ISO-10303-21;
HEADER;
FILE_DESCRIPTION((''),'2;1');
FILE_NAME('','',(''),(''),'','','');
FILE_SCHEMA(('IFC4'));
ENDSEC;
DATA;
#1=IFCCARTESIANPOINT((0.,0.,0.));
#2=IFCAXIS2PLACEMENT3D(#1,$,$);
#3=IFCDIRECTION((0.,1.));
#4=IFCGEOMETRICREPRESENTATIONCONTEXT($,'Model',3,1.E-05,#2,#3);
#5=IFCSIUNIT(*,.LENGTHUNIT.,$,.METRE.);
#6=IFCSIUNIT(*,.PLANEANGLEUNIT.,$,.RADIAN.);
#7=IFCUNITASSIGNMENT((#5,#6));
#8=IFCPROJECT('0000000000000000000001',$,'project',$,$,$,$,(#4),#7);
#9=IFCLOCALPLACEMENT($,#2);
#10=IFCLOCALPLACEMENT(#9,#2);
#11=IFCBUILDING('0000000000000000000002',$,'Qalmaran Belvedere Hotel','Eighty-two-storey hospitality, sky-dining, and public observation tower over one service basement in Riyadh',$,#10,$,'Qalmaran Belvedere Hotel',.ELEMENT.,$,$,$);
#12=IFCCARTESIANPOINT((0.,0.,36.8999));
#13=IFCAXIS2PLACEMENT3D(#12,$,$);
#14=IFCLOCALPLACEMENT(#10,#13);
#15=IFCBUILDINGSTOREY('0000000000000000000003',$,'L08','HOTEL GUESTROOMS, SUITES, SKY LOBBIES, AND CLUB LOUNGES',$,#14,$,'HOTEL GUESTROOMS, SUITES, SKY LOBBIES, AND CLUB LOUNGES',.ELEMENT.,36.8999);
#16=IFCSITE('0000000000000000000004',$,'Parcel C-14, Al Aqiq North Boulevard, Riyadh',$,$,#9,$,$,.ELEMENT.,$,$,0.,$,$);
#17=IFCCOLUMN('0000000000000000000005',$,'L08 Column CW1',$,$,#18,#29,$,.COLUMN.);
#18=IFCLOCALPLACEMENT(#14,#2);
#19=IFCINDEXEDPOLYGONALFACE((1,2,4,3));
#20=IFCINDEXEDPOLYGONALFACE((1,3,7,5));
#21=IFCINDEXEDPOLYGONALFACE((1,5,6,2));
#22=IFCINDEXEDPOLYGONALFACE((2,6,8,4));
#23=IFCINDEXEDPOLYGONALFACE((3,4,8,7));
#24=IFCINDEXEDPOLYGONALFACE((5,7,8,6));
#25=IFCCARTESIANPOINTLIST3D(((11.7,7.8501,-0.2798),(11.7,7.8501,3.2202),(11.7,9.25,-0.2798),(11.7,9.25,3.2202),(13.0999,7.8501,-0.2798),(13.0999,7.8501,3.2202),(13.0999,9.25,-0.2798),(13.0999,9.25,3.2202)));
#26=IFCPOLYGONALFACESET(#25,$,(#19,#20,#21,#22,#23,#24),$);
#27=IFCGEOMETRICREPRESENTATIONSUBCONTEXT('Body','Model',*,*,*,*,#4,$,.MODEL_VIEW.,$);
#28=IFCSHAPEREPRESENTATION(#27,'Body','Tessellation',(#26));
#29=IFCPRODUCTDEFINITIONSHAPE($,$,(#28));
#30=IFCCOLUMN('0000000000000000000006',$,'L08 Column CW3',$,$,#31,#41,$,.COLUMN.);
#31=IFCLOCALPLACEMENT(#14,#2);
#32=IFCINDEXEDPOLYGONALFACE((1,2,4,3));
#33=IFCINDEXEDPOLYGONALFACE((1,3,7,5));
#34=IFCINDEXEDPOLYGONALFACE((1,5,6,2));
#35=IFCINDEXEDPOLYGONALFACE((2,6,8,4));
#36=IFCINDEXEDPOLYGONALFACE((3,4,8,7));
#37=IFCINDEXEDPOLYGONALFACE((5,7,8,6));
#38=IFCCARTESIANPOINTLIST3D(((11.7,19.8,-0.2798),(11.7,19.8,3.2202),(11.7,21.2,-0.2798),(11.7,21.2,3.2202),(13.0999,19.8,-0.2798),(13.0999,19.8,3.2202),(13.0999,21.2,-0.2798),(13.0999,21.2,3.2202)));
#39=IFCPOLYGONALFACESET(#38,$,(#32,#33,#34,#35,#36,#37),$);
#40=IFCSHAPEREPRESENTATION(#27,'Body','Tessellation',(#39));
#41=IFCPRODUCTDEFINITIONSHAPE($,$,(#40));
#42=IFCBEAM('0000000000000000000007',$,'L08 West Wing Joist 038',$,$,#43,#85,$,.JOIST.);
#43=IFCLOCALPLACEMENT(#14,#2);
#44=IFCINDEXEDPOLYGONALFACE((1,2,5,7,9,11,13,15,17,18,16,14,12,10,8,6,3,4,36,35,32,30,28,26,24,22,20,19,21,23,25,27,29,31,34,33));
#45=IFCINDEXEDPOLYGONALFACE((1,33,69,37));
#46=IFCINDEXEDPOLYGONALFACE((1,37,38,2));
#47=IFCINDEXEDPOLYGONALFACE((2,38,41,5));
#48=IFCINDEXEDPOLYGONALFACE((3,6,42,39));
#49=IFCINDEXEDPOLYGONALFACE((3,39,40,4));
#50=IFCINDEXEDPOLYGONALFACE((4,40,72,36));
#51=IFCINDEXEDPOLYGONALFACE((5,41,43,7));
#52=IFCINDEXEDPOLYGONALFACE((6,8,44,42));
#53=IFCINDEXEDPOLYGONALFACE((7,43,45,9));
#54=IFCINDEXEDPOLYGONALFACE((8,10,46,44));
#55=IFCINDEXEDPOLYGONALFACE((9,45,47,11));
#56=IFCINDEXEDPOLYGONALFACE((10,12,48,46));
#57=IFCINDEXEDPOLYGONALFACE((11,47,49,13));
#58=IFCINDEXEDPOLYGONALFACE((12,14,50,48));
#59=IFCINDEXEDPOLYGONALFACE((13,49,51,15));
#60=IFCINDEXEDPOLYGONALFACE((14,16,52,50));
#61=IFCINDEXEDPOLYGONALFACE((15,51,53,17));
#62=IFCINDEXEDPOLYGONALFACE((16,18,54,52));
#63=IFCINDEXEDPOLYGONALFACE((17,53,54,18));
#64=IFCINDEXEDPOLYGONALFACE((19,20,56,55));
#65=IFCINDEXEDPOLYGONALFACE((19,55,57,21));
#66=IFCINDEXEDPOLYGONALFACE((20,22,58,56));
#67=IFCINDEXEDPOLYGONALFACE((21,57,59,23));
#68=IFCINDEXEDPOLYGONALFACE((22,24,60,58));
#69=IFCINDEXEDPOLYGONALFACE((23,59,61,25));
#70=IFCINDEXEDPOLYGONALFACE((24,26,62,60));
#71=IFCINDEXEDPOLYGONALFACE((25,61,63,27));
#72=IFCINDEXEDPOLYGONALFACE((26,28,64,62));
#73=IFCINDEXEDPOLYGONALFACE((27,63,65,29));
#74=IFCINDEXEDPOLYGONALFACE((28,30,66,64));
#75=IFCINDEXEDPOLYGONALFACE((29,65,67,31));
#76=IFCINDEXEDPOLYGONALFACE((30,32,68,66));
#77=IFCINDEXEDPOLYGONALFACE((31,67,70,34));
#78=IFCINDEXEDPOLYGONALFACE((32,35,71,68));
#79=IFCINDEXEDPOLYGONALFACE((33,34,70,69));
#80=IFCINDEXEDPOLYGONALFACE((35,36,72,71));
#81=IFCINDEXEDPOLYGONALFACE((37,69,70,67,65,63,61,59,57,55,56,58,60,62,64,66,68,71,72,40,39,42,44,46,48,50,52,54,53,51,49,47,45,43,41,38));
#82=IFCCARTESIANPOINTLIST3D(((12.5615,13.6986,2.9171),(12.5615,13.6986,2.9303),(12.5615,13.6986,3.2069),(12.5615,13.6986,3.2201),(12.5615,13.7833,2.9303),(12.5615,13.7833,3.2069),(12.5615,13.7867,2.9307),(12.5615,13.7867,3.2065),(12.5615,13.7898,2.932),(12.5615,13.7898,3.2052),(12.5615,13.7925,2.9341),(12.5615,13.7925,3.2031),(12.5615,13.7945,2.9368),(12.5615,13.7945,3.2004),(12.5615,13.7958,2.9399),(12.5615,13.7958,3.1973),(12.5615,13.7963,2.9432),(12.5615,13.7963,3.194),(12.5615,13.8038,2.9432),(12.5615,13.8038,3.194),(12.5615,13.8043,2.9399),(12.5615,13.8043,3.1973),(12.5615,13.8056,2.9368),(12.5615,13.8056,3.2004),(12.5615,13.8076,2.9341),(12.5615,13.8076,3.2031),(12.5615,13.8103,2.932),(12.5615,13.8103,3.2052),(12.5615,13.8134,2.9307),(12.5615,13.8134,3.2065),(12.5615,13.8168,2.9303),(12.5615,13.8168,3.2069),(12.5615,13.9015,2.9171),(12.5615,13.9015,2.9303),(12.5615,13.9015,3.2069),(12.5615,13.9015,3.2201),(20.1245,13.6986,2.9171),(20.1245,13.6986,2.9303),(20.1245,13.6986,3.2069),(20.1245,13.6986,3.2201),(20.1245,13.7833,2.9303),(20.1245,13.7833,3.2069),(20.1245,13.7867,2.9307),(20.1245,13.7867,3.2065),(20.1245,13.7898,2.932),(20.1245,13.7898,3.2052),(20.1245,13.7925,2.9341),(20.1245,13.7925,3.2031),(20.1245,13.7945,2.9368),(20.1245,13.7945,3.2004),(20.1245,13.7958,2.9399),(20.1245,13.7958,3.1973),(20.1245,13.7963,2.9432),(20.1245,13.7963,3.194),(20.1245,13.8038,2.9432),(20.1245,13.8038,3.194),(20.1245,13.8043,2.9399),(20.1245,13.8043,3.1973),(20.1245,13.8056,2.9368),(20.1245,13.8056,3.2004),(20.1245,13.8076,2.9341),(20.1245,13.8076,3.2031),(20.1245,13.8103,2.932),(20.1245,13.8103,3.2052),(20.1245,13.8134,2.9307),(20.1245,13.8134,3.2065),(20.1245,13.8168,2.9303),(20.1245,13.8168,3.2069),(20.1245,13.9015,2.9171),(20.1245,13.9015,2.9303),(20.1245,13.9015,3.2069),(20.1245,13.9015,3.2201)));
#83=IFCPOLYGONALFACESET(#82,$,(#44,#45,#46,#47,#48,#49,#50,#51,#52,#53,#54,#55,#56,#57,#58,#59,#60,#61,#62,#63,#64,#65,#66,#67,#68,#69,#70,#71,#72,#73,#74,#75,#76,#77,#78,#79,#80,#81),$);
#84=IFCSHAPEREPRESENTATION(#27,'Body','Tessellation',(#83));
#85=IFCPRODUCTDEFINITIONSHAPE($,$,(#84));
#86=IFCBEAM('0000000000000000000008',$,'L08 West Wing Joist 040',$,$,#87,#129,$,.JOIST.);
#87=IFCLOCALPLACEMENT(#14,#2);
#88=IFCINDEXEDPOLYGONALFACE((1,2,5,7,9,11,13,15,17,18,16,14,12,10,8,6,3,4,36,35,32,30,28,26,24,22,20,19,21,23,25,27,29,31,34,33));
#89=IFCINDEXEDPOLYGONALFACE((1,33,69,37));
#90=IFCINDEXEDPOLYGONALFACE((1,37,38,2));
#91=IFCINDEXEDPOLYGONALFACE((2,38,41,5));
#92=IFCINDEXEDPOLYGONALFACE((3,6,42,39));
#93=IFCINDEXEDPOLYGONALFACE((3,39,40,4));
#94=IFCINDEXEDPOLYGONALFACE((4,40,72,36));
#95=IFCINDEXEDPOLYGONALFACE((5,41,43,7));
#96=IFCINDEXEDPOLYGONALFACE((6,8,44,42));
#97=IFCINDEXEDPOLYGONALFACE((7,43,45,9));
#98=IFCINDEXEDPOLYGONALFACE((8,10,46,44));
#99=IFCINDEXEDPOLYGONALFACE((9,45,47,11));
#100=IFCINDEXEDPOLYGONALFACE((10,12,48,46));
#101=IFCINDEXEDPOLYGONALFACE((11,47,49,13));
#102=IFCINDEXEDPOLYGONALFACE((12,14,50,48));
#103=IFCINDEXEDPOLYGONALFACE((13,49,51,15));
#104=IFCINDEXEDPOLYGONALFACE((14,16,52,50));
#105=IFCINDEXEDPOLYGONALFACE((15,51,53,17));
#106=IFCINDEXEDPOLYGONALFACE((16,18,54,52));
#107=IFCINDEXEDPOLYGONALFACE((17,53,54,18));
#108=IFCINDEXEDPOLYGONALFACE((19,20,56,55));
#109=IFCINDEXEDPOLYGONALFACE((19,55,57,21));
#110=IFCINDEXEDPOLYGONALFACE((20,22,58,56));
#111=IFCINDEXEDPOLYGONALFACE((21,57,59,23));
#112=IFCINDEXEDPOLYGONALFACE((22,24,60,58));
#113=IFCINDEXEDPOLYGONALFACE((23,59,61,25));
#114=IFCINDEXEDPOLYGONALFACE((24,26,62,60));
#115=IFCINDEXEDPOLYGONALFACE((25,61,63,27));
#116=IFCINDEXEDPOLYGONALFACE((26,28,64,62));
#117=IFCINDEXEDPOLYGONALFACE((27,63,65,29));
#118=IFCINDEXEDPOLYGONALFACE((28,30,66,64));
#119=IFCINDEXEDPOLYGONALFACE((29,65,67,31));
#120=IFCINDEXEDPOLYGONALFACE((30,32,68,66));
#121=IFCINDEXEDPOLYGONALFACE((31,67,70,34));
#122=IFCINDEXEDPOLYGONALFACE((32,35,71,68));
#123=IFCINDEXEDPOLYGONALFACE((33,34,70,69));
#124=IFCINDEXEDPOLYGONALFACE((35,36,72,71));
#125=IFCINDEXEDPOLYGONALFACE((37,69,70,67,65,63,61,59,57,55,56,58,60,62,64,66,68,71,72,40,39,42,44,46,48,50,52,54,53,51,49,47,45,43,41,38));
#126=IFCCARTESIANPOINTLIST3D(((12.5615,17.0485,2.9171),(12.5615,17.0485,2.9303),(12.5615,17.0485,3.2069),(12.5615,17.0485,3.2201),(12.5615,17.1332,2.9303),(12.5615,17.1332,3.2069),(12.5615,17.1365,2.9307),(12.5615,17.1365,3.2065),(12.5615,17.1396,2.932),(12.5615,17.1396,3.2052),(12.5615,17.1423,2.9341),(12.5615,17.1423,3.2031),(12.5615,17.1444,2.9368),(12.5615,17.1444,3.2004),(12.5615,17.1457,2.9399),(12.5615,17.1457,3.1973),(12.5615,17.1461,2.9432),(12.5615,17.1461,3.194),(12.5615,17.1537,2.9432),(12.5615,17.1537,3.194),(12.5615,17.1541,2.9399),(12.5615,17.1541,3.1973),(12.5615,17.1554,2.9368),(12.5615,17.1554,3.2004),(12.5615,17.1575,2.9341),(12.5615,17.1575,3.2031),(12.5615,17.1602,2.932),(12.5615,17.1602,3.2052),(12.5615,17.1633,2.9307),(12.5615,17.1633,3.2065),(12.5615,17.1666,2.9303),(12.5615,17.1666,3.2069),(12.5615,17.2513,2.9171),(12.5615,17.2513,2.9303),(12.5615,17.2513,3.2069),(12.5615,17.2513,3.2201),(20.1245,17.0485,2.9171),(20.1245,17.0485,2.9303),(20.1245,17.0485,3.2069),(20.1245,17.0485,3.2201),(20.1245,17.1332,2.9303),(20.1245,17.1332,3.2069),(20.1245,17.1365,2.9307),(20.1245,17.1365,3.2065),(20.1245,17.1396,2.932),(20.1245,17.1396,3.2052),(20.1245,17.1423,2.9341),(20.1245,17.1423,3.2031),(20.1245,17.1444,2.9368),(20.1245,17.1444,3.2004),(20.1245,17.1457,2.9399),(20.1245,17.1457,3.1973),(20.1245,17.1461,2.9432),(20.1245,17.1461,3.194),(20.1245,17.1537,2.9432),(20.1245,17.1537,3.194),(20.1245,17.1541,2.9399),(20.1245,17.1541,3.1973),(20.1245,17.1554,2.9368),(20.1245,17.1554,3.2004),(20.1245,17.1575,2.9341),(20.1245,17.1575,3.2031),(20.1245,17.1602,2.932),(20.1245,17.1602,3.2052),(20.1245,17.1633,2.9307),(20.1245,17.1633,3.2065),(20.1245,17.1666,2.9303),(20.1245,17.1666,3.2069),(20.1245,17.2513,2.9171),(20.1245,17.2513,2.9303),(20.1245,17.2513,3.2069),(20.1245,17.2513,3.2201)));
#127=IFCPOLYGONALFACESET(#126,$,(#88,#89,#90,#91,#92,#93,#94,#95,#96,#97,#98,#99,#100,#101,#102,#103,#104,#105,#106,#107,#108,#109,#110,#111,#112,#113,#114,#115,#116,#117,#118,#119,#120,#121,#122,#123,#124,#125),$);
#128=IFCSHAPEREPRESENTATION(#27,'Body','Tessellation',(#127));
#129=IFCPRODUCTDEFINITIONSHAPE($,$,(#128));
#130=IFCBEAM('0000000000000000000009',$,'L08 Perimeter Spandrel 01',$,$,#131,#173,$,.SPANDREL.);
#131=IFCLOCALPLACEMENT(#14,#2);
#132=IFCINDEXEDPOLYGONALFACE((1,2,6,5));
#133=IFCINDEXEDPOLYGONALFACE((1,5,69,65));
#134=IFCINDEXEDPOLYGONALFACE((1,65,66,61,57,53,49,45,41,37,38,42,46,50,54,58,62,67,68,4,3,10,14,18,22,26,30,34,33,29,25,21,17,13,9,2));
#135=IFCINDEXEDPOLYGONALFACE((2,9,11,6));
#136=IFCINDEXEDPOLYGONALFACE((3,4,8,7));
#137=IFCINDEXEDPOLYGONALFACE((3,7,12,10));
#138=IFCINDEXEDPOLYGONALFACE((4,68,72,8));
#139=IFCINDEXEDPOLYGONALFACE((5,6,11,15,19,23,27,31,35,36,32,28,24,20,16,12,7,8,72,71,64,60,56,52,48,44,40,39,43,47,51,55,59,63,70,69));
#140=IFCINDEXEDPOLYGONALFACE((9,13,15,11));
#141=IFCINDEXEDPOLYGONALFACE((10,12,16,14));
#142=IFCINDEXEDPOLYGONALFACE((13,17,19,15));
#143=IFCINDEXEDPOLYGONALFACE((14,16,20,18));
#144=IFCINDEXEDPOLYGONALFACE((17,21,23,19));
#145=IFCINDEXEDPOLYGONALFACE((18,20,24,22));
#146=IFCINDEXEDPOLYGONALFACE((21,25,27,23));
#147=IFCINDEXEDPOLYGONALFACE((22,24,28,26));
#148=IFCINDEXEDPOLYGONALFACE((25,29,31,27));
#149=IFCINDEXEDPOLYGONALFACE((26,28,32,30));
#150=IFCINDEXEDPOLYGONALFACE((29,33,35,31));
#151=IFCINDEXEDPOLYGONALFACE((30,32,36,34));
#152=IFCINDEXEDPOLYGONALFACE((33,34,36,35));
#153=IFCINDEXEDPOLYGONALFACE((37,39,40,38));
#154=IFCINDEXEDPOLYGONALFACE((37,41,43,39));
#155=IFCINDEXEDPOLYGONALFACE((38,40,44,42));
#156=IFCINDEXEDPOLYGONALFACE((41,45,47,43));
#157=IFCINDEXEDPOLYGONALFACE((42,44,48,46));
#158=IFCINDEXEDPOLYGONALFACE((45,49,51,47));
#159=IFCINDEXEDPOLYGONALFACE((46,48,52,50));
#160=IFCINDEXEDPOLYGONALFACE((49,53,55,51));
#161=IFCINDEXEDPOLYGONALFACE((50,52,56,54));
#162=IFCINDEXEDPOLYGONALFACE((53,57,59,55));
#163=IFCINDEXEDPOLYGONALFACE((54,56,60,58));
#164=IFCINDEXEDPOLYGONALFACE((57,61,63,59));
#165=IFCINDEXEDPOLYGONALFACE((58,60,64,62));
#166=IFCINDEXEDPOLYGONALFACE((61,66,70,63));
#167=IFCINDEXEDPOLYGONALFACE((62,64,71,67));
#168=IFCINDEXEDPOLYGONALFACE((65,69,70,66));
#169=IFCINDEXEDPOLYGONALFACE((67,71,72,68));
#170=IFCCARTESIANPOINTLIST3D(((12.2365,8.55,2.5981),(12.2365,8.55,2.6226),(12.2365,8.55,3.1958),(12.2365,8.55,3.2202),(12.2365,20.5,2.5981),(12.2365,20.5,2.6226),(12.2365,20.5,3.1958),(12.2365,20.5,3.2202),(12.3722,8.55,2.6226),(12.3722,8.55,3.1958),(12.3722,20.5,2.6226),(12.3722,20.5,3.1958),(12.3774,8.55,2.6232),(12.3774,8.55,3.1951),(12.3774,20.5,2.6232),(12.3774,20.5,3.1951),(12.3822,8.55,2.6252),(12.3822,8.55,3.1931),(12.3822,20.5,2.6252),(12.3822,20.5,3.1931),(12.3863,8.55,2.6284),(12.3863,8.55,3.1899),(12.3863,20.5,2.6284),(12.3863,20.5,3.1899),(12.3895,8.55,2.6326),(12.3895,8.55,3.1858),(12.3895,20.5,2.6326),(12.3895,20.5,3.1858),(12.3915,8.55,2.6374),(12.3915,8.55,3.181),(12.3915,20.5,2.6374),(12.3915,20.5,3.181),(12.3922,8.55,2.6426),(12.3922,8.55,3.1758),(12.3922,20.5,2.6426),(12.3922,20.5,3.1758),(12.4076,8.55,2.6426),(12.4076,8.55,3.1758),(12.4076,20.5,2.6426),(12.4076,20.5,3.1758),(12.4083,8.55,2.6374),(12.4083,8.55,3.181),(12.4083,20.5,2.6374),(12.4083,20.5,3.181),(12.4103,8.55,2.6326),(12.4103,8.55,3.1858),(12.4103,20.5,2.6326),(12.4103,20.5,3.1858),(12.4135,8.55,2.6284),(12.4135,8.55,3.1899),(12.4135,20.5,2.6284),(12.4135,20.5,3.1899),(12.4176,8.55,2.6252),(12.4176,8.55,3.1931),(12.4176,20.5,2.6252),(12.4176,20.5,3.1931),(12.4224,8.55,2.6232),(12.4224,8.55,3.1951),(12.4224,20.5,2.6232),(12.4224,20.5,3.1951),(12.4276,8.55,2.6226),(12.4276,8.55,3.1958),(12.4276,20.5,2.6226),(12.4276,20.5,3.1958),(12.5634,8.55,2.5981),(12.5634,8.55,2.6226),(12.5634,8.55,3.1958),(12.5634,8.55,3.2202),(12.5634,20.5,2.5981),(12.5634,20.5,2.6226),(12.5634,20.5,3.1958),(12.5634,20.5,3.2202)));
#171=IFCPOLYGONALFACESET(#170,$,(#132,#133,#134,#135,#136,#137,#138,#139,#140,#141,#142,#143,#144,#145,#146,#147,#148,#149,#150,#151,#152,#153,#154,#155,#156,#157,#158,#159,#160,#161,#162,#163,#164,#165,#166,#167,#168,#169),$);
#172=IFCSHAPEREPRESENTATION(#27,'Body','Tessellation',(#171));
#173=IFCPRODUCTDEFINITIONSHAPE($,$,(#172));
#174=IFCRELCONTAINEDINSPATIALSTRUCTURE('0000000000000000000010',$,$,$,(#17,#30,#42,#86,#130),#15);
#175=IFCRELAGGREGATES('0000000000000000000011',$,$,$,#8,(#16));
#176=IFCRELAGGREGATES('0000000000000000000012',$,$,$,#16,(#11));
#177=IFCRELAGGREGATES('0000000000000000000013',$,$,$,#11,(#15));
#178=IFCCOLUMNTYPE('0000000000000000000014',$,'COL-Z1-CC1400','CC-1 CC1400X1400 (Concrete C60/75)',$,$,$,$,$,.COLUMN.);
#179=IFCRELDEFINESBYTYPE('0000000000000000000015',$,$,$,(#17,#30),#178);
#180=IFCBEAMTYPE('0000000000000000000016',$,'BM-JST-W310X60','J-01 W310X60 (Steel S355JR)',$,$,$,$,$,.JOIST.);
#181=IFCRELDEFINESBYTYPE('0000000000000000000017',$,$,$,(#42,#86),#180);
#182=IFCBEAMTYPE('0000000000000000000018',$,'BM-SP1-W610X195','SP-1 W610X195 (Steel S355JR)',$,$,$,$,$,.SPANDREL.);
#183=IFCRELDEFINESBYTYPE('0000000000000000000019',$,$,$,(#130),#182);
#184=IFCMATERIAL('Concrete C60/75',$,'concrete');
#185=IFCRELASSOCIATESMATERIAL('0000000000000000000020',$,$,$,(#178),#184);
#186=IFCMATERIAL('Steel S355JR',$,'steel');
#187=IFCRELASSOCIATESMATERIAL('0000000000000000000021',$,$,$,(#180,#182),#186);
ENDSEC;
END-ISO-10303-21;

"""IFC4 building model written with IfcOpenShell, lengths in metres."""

from ifc_helpers import new_model, si_unit, direction, frame, origin, origin_2d, place, context, subcontext, project, spatial, rectangle, i_section, extrude, material, material_profile, profile_set, type_object, element, save


model = new_model("IFC4")

# Units and contexts
model_context = context("Model", 3, precision=1e-05, world=origin(), true_north=direction((0.0, 1.0)))
body_context = subcontext(model_context, "Body", "Model", "MODEL_VIEW")
ifc_project = project(units=[si_unit("LENGTHUNIT", "METRE"), si_unit("PLANEANGLEUNIT", "RADIAN")], contexts=[model_context])

# Site, building, storey
site_placement = place(None, origin())
site = spatial("IfcSite", under=ifc_project, at=site_placement, Name="Parcel C-14, Al Aqiq North Boulevard, Riyadh", CompositionType="ELEMENT", RefElevation=0.0)
building_placement = place(site_placement, origin())
building = spatial("IfcBuilding", under=site, at=building_placement, Name="Qalmaran Belvedere Hotel", Description="Eighty-two-storey hospitality, sky-dining, and public observation tower over one service basement in Riyadh", LongName="Qalmaran Belvedere Hotel", CompositionType="ELEMENT")
storey_placement = place(building_placement, frame((0.0, 0.0, 36.8999)))
storey = spatial("IfcBuildingStorey", under=building, at=storey_placement, Name="L08", Description="HOTEL GUESTROOMS, SUITES, SKY LOBBIES, AND CLUB LOUNGES", LongName="HOTEL GUESTROOMS, SUITES, SKY LOBBIES, AND CLUB LOUNGES", CompositionType="ELEMENT", Elevation=36.8999)

# Columns
ifc_material_1 = material(Name="Concrete C60/75", Category="concrete")
ifc_material_profile_1 = material_profile(ifc_material_1, rectangle(XDim=1.3999, YDim=1.3999, at=origin_2d()), Name="CC1400X1400")
ifc_profile_set_1 = profile_set([ifc_material_profile_1], Name="Concrete C60/75")
column_type = type_object("IfcColumnType", Name="COL-Z1-CC1400", Description="CC-1 CC1400X1400 (Concrete C60/75)", PredefinedType="COLUMN", material=ifc_profile_set_1)
for number, where, z_axis, x_axis, name in (
    (1, (12.3999, 8.55, -0.2798), (0.0, 0.0, 1.0), (1.0, 0.0, 0.0), "L08 Column CW1"),
    (2, (12.3999, 20.5, -0.2798), (0.0, 0.0, 1.0), (1.0, 0.0, 0.0), "L08 Column CW3"),
):
    element("IfcColumn", number, at=place(storey_placement, frame(where, z_axis=z_axis, x_axis=x_axis)), inside=storey, type_object=column_type, Name=name, PredefinedType="COLUMN", context=body_context, shape_type="SweptSolid", body=[
        extrude(rectangle(XDim=1.3999, YDim=1.3999, at=origin_2d()), origin(), (0.0, 0.0, 1.0), 3.5),
    ])

# Beams
ifc_material_2 = material(Name="Steel S355JR", Category="steel")
ifc_material_profile_2 = material_profile(ifc_material_2, i_section(OverallWidth=0.2029, OverallDepth=0.303, WebThickness=0.0076, FlangeThickness=0.0132, FilletRadius=0.0129, at=origin_2d()), Name="W310X60")
ifc_profile_set_2 = profile_set([ifc_material_profile_2], Name="Steel S355JR")
beam_type_1 = type_object("IfcBeamType", Name="BM-JST-W310X60", Description="J-01 W310X60 (Steel S355JR)", PredefinedType="JOIST", material=ifc_profile_set_2)
for number, where, z_axis, x_axis, name in (
    (3, (12.5615, 13.8, 3.0686), (1.0, 0.0, 0.0), (0.0, 1.0, 0.0), "L08 West Wing Joist 038"),
    (4, (12.5615, 17.1499, 3.0686), (1.0, 0.0, 0.0), (0.0, 1.0, 0.0), "L08 West Wing Joist 040"),
):
    element("IfcBeam", number, at=place(storey_placement, frame(where, z_axis=z_axis, x_axis=x_axis)), inside=storey, type_object=beam_type_1, Name=name, PredefinedType="JOIST", context=body_context, shape_type="SweptSolid", body=[
        extrude(i_section(OverallWidth=0.2029, OverallDepth=0.303, WebThickness=0.0076, FlangeThickness=0.0132, FilletRadius=0.0129, at=origin_2d()), origin(), (0.0, 0.0, 1.0), 7.563),
    ])
ifc_material_profile_3 = material_profile(ifc_material_2, i_section(OverallWidth=0.3269, OverallDepth=0.6221, WebThickness=0.0154, FlangeThickness=0.0244, FilletRadius=0.02, at=origin_2d()), Name="W610X195")
ifc_profile_set_3 = profile_set([ifc_material_profile_3], Name="Steel S355JR")
beam_type_2 = type_object("IfcBeamType", Name="BM-SP1-W610X195", Description="SP-1 W610X195 (Steel S355JR)", PredefinedType="SPANDREL", material=ifc_profile_set_3)
beam_1_placement = place(storey_placement, frame((12.3999, 8.55, 2.9092), z_axis=(0.0, 1.0, 0.0), x_axis=(-1.0, 0.0, 0.0)))
element("IfcBeam", 5, at=beam_1_placement, inside=storey, type_object=beam_type_2, Name="L08 Perimeter Spandrel 01", PredefinedType="SPANDREL", context=body_context, shape_type="SweptSolid", body=[
    extrude(i_section(OverallWidth=0.3269, OverallDepth=0.6221, WebThickness=0.0154, FlangeThickness=0.0244, FilletRadius=0.02, at=origin_2d()), origin(), (0.0, 0.0, 1.0), 11.95),
])

save(model, "model.ifc")
